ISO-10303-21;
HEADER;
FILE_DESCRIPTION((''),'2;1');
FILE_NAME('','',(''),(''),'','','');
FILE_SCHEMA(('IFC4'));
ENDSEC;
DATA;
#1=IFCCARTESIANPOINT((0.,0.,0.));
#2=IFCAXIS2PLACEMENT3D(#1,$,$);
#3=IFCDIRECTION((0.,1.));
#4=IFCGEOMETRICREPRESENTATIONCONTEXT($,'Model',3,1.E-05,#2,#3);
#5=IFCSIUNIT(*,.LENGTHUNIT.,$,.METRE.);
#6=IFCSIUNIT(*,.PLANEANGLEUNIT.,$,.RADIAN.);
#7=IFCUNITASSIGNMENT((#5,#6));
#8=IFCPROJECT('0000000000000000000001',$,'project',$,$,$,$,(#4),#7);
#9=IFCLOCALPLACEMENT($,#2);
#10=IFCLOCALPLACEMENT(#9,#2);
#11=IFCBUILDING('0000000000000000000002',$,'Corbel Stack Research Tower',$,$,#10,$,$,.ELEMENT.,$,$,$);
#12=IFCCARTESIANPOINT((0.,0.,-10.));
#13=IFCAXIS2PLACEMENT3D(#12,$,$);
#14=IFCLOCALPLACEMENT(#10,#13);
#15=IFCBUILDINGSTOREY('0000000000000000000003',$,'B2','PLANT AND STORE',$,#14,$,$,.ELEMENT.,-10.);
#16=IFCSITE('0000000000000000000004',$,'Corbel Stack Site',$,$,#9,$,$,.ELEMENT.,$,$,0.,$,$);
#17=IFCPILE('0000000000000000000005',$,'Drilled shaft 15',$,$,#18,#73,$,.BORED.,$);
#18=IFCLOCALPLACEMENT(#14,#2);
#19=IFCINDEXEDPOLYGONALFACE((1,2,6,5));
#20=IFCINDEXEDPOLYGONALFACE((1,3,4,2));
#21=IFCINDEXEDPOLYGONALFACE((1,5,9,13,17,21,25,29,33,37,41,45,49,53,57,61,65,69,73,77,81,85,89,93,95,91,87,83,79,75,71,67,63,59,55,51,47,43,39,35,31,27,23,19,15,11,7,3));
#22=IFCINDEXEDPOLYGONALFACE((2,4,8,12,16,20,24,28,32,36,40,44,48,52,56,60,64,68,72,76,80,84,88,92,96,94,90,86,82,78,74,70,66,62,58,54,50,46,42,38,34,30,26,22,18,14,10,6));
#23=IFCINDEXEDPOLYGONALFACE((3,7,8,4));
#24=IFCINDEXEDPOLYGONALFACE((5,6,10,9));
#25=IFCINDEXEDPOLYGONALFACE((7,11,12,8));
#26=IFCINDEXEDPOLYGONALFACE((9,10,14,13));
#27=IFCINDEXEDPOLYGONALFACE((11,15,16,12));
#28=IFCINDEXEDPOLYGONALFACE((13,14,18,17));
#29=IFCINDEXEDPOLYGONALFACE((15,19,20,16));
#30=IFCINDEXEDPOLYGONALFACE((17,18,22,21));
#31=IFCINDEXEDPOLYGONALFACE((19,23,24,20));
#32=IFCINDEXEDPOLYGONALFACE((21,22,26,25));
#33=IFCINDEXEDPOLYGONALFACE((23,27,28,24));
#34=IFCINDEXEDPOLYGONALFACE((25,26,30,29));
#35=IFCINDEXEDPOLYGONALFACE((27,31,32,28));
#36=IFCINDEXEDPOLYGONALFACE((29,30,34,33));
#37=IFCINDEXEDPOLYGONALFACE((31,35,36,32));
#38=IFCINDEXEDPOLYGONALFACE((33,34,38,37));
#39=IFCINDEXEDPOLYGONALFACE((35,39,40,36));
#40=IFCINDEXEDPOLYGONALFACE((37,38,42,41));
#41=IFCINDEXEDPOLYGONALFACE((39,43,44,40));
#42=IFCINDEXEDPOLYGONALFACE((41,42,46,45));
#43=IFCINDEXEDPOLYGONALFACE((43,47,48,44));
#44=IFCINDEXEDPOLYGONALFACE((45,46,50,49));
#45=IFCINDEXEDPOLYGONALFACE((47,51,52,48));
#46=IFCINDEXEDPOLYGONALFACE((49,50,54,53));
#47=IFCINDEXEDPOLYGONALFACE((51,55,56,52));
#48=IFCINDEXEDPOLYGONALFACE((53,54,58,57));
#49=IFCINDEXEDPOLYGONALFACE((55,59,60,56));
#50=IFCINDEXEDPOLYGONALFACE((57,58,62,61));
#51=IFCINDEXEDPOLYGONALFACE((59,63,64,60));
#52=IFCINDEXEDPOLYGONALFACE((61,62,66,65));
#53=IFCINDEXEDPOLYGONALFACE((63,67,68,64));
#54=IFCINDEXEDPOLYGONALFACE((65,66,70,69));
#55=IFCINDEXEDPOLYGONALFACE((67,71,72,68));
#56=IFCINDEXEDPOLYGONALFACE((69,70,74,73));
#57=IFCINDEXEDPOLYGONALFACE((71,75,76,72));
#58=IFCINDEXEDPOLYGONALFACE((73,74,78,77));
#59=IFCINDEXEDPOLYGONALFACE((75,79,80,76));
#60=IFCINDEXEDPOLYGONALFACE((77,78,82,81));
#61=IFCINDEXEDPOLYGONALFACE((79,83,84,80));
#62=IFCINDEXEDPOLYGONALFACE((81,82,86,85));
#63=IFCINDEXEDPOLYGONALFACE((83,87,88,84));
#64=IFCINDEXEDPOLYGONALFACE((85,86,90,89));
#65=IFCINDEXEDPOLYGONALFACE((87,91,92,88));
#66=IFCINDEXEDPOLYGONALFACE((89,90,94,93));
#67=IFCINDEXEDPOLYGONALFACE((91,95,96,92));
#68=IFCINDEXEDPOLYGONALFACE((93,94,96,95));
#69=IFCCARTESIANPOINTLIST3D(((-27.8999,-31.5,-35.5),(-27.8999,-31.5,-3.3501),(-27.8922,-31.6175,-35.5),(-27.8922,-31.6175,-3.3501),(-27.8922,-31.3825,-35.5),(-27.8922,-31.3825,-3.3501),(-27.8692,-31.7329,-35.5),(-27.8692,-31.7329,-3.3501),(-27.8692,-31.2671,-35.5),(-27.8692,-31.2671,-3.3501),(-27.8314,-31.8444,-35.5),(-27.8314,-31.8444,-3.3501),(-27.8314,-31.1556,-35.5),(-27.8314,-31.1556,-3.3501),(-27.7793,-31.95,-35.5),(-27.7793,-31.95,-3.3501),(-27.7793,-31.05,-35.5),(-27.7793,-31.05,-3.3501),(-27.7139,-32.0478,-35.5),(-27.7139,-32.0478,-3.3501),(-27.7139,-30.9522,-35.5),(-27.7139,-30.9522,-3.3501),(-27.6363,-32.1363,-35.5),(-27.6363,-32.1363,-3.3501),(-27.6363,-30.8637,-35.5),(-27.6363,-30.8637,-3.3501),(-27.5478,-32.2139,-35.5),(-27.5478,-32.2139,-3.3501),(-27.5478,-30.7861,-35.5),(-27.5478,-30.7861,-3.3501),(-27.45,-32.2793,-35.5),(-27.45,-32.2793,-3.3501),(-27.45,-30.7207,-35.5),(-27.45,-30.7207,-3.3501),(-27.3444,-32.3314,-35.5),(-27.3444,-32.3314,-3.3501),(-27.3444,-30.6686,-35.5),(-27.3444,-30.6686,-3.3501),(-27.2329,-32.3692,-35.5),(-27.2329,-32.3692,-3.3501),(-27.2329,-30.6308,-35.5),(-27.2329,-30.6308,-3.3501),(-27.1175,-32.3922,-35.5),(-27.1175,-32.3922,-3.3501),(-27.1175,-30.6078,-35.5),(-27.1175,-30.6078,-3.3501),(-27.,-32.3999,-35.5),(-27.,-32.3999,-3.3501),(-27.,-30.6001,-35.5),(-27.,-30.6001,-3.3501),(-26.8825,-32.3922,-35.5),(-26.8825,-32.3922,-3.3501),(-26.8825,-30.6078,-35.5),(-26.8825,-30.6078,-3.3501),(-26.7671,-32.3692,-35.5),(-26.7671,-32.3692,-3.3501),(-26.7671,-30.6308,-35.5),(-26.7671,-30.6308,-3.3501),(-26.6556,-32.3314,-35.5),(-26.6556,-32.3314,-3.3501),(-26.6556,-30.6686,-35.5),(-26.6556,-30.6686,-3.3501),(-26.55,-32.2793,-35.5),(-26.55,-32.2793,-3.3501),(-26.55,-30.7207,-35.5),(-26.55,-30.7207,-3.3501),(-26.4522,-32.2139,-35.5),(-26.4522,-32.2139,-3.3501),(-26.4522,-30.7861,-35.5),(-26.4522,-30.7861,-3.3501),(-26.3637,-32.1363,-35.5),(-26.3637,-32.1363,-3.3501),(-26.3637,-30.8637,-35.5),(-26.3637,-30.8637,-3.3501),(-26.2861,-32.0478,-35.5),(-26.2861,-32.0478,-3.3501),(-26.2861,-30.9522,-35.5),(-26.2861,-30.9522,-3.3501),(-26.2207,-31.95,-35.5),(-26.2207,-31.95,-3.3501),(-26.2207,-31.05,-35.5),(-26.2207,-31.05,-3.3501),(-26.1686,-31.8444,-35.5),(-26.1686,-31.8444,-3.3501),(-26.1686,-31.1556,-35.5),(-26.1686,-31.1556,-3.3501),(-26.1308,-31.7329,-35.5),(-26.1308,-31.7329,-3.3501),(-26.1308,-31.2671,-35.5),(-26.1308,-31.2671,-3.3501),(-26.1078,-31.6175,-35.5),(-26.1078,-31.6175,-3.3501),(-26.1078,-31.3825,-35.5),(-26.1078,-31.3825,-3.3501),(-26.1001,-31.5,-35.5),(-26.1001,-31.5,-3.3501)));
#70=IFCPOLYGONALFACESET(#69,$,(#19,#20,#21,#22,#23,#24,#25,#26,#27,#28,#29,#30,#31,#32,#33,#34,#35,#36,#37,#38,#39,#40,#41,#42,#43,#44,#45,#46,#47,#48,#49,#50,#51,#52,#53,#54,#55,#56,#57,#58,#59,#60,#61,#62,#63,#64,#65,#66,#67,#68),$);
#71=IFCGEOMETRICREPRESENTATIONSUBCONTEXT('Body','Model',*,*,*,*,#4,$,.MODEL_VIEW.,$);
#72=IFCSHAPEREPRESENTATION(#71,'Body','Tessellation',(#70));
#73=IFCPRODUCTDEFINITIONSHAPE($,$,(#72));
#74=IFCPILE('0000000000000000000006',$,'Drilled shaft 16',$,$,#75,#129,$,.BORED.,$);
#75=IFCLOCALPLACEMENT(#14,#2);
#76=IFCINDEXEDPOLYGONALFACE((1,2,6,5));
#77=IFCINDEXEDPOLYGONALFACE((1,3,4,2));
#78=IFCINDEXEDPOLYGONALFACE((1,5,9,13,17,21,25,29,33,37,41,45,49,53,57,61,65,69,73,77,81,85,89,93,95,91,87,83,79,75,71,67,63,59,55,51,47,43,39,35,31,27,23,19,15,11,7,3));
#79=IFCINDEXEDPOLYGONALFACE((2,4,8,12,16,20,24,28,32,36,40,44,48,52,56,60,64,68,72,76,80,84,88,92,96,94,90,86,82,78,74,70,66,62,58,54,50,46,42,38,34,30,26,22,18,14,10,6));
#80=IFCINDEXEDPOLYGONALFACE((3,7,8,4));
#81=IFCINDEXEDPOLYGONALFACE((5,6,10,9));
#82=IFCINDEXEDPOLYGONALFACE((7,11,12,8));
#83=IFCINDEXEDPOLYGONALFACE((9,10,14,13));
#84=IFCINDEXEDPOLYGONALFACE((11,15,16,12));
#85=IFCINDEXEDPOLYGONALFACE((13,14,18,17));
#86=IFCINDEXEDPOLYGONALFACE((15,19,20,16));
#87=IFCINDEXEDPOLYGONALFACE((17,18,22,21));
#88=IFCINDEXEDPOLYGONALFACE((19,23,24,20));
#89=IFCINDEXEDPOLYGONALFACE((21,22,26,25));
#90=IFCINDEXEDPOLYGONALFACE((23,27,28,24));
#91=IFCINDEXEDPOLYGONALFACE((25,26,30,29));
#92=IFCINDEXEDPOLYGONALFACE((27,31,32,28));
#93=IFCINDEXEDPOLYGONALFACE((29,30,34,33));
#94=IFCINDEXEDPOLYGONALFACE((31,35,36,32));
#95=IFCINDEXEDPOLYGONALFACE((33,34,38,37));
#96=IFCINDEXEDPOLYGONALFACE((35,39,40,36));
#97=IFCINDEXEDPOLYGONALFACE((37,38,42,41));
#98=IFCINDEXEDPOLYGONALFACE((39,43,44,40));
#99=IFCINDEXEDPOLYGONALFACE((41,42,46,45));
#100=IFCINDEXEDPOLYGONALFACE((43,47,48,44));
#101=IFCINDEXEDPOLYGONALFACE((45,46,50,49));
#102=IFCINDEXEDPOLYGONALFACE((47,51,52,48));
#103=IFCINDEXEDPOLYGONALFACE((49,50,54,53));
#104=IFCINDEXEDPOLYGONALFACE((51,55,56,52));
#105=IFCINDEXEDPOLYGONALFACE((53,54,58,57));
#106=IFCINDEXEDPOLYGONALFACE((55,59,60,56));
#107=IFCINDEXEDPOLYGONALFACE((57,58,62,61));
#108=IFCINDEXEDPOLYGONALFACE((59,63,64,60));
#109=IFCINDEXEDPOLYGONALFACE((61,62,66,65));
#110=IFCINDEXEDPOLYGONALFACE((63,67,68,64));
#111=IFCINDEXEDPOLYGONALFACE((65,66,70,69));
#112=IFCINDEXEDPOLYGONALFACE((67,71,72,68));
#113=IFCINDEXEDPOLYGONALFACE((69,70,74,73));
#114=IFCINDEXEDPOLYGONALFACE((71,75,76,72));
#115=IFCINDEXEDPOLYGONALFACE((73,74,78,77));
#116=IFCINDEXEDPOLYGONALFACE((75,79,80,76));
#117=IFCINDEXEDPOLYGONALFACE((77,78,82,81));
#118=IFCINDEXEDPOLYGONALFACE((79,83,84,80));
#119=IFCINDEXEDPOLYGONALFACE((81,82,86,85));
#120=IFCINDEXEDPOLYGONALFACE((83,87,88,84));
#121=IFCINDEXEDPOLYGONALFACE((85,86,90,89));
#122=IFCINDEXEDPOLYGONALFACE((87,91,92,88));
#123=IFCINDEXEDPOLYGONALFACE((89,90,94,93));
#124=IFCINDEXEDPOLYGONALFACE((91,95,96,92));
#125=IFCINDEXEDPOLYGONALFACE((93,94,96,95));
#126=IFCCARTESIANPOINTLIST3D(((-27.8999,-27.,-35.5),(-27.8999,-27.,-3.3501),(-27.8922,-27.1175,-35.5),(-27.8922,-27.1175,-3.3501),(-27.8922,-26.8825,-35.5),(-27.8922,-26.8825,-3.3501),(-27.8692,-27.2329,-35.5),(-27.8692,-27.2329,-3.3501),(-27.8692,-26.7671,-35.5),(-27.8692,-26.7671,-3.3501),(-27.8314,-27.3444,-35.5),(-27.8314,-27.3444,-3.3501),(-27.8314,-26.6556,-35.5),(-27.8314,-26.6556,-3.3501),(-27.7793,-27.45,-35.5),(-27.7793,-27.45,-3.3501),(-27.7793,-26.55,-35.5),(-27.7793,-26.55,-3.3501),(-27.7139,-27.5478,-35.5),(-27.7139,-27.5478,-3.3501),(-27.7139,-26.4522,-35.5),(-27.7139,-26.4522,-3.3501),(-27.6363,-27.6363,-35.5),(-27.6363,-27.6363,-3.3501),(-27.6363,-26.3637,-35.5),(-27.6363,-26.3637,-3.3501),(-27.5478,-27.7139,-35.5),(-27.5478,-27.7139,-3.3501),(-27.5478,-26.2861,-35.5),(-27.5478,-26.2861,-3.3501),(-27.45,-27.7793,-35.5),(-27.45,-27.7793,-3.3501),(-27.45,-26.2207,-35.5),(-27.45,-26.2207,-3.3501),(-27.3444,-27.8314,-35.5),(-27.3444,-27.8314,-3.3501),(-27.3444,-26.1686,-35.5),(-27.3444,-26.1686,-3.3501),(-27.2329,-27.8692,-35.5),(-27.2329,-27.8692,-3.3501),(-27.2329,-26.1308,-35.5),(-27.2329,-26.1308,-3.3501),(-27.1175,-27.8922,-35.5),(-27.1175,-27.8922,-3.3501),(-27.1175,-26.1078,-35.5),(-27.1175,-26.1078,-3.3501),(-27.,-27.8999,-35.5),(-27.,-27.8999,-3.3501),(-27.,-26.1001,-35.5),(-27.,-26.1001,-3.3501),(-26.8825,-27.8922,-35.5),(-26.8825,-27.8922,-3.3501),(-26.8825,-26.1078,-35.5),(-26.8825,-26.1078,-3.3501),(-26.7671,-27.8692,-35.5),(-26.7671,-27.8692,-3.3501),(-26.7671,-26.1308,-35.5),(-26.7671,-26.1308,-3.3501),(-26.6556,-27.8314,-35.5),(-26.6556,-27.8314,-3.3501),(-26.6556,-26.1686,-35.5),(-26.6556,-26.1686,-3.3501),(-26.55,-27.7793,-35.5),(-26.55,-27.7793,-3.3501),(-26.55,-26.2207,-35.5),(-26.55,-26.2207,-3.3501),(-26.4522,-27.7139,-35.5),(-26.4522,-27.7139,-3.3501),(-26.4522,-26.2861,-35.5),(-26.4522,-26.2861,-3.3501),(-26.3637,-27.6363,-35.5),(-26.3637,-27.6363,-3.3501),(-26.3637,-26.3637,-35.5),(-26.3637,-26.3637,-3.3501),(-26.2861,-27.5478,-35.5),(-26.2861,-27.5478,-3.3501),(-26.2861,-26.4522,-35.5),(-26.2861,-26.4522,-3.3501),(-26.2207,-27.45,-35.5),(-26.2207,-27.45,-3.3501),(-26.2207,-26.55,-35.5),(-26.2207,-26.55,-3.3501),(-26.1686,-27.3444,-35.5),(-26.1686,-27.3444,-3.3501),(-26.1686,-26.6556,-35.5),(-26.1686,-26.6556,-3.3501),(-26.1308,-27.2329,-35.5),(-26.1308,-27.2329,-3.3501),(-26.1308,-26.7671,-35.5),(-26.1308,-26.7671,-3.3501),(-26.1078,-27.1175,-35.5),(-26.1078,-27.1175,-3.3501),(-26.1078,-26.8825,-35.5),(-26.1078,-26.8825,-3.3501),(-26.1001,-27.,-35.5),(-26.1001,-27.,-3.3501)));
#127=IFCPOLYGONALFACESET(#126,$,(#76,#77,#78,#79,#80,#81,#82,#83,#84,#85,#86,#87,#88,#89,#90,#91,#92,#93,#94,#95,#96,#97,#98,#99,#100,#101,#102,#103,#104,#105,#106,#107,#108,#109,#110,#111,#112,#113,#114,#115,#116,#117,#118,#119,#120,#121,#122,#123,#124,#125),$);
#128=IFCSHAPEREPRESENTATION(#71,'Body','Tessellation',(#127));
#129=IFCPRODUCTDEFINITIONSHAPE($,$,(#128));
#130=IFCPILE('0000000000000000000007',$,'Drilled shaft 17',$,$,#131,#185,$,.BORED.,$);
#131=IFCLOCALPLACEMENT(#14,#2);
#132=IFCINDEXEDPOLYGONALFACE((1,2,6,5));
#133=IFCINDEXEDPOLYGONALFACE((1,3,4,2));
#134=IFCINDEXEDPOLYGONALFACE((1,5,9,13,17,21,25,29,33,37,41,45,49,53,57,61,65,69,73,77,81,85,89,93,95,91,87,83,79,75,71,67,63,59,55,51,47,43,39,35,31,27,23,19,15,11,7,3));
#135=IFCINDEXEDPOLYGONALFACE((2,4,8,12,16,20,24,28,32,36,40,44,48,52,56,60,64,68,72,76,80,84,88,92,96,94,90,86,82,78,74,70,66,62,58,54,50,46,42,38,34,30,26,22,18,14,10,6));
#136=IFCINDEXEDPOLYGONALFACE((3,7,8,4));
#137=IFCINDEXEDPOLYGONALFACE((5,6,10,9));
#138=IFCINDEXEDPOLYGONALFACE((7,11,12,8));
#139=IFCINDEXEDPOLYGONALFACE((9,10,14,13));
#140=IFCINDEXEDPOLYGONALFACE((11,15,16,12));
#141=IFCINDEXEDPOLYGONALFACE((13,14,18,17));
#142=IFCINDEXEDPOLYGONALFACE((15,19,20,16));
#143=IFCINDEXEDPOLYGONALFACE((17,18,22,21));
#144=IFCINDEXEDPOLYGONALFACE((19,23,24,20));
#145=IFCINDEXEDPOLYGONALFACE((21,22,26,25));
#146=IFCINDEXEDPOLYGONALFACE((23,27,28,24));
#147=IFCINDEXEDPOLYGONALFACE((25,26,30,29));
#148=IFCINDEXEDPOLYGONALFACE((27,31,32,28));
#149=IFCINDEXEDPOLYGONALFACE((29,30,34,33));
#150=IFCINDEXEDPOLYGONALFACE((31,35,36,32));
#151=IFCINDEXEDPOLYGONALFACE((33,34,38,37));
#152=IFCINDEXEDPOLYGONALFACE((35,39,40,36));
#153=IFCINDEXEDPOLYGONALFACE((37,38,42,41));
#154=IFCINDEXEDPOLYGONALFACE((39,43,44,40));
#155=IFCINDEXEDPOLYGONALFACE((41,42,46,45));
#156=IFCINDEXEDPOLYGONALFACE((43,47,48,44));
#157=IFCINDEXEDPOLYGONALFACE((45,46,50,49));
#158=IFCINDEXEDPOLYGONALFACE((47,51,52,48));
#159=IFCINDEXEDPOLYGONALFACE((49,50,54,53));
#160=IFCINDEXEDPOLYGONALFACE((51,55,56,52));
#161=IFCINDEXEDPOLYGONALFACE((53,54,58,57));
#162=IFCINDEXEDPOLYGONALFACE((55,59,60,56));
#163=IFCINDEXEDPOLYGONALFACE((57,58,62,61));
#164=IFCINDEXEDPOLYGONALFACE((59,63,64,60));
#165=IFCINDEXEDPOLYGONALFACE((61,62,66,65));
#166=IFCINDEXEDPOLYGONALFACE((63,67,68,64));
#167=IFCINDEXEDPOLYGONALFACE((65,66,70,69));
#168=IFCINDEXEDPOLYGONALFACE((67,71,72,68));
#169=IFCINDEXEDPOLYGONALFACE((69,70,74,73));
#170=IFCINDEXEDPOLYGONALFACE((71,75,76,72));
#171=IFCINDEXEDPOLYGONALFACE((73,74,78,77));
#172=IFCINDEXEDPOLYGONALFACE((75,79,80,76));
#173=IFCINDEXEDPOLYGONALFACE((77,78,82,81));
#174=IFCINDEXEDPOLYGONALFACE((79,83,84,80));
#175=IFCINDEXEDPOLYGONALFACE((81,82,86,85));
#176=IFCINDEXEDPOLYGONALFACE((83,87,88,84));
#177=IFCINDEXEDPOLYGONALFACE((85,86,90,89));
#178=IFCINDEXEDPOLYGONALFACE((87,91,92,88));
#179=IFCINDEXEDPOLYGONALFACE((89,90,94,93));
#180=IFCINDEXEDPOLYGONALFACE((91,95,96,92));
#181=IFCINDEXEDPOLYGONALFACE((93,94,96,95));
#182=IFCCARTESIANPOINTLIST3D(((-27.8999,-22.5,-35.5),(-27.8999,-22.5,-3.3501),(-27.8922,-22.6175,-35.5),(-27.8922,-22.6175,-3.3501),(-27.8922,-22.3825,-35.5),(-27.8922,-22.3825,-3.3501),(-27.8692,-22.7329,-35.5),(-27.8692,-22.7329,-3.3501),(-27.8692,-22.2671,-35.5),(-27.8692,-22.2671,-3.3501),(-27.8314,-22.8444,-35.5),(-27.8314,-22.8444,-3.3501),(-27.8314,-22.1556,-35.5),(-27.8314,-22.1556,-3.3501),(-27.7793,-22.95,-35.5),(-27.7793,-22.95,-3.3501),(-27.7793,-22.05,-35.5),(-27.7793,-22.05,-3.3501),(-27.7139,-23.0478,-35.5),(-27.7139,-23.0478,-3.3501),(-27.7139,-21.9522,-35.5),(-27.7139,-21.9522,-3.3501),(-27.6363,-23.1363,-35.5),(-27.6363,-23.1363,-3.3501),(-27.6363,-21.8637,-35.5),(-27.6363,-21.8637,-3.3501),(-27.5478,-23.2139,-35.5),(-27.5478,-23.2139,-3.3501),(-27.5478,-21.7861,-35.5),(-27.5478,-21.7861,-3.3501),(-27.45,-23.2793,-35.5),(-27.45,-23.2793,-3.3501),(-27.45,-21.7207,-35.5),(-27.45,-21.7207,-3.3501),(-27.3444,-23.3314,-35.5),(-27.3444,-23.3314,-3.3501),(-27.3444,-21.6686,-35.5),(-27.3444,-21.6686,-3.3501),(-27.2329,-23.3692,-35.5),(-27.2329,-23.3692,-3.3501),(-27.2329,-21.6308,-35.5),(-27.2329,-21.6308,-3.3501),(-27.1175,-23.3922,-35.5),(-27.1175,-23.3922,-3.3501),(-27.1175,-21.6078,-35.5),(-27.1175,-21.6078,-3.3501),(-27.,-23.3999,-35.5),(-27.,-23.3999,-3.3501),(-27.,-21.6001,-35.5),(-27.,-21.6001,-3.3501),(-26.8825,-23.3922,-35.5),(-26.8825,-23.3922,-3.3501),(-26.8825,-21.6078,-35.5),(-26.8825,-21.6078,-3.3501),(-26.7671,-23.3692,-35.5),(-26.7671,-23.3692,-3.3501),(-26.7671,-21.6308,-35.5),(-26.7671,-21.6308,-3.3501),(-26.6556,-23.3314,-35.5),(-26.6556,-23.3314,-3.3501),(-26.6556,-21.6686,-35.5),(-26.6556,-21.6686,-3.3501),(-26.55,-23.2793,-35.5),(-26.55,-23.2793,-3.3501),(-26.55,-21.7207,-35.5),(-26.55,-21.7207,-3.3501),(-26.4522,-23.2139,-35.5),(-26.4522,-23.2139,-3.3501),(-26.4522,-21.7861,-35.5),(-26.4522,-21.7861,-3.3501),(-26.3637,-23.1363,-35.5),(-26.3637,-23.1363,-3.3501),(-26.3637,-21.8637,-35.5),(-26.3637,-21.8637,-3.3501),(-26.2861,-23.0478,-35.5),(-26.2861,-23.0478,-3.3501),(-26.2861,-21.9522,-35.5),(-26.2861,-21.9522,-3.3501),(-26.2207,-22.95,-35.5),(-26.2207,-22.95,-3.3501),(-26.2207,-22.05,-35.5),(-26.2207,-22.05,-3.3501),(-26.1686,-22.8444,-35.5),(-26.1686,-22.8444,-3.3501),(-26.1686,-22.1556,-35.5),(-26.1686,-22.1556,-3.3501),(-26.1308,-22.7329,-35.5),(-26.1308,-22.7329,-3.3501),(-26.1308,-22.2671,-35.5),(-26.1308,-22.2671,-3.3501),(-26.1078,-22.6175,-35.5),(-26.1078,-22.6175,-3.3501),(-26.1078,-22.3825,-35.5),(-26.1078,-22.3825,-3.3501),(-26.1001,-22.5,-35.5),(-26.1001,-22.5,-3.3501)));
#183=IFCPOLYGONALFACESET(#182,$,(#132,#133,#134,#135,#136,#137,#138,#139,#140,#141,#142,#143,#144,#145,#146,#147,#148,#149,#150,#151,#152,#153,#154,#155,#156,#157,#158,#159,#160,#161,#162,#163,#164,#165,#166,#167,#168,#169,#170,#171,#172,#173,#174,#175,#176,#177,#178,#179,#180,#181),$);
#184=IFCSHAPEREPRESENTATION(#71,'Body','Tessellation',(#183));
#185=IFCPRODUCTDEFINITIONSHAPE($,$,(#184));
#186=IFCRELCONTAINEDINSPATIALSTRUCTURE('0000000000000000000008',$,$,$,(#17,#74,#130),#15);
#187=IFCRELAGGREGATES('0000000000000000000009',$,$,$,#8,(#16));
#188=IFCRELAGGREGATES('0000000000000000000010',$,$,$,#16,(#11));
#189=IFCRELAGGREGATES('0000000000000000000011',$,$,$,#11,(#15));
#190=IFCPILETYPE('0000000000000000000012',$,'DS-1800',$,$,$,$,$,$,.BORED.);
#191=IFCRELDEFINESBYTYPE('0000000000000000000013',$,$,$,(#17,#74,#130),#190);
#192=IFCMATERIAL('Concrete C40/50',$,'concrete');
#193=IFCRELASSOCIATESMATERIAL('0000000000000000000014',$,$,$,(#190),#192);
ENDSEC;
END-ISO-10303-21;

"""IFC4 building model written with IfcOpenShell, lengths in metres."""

from ifc_helpers import new_model, si_unit, direction, frame, origin, origin_2d, place, context, subcontext, project, spatial, circle, extrude, material, material_profile, profile_set, type_object, element, save


model = new_model("IFC4")

# Units and contexts
model_context = context("Model", 3, precision=1e-05, world=origin(), true_north=direction((0.0, 1.0)))
body_context = subcontext(model_context, "Body", "Model", "MODEL_VIEW")
ifc_project = project(units=[si_unit("LENGTHUNIT", "METRE"), si_unit("PLANEANGLEUNIT", "RADIAN")], contexts=[model_context])

# Site, building, storey
site_placement = place(None, origin())
site = spatial("IfcSite", under=ifc_project, at=site_placement, Name="Corbel Stack Site", CompositionType="ELEMENT", RefElevation=0.0)
building_placement = place(site_placement, origin())
building = spatial("IfcBuilding", under=site, at=building_placement, Name="Corbel Stack Research Tower", CompositionType="ELEMENT")
storey_placement = place(building_placement, frame((0.0, 0.0, -10.0)))
storey = spatial("IfcBuildingStorey", under=building, at=storey_placement, Name="B2", Description="PLANT AND STORE", CompositionType="ELEMENT", Elevation=-10.0)

# Piles
ifc_material_1 = material(Name="Concrete C40/50", Category="concrete")
ifc_material_profile_1 = material_profile(ifc_material_1, circle(Radius=0.8999, at=origin_2d()), Name="Shaft 1800")
ifc_profile_set_1 = profile_set([ifc_material_profile_1], Name="Concrete C40/50")
pile_type = type_object("IfcPileType", Name="DS-1800", PredefinedType="BORED", material=ifc_profile_set_1)
for number, where, z_axis, x_axis, name in (
    (1, (-27.0, -31.5, -3.3501), (0.0, 0.0, -1.0), (1.0, 0.0, 0.0), "Drilled shaft 15"),
    (2, (-27.0, -27.0, -3.3501), (0.0, 0.0, -1.0), (1.0, 0.0, 0.0), "Drilled shaft 16"),
    (3, (-27.0, -22.5, -3.3501), (0.0, 0.0, -1.0), (1.0, 0.0, 0.0), "Drilled shaft 17"),
):
    element("IfcPile", number, at=place(storey_placement, frame(where, z_axis=z_axis, x_axis=x_axis)), inside=storey, type_object=pile_type, Name=name, PredefinedType="BORED", context=body_context, shape_type="SweptSolid", body=[
        extrude(circle(Radius=0.8999, at=origin_2d()), origin(), (0.0, 0.0, 1.0), 32.1499),
    ])

save(model, "model.ifc")
